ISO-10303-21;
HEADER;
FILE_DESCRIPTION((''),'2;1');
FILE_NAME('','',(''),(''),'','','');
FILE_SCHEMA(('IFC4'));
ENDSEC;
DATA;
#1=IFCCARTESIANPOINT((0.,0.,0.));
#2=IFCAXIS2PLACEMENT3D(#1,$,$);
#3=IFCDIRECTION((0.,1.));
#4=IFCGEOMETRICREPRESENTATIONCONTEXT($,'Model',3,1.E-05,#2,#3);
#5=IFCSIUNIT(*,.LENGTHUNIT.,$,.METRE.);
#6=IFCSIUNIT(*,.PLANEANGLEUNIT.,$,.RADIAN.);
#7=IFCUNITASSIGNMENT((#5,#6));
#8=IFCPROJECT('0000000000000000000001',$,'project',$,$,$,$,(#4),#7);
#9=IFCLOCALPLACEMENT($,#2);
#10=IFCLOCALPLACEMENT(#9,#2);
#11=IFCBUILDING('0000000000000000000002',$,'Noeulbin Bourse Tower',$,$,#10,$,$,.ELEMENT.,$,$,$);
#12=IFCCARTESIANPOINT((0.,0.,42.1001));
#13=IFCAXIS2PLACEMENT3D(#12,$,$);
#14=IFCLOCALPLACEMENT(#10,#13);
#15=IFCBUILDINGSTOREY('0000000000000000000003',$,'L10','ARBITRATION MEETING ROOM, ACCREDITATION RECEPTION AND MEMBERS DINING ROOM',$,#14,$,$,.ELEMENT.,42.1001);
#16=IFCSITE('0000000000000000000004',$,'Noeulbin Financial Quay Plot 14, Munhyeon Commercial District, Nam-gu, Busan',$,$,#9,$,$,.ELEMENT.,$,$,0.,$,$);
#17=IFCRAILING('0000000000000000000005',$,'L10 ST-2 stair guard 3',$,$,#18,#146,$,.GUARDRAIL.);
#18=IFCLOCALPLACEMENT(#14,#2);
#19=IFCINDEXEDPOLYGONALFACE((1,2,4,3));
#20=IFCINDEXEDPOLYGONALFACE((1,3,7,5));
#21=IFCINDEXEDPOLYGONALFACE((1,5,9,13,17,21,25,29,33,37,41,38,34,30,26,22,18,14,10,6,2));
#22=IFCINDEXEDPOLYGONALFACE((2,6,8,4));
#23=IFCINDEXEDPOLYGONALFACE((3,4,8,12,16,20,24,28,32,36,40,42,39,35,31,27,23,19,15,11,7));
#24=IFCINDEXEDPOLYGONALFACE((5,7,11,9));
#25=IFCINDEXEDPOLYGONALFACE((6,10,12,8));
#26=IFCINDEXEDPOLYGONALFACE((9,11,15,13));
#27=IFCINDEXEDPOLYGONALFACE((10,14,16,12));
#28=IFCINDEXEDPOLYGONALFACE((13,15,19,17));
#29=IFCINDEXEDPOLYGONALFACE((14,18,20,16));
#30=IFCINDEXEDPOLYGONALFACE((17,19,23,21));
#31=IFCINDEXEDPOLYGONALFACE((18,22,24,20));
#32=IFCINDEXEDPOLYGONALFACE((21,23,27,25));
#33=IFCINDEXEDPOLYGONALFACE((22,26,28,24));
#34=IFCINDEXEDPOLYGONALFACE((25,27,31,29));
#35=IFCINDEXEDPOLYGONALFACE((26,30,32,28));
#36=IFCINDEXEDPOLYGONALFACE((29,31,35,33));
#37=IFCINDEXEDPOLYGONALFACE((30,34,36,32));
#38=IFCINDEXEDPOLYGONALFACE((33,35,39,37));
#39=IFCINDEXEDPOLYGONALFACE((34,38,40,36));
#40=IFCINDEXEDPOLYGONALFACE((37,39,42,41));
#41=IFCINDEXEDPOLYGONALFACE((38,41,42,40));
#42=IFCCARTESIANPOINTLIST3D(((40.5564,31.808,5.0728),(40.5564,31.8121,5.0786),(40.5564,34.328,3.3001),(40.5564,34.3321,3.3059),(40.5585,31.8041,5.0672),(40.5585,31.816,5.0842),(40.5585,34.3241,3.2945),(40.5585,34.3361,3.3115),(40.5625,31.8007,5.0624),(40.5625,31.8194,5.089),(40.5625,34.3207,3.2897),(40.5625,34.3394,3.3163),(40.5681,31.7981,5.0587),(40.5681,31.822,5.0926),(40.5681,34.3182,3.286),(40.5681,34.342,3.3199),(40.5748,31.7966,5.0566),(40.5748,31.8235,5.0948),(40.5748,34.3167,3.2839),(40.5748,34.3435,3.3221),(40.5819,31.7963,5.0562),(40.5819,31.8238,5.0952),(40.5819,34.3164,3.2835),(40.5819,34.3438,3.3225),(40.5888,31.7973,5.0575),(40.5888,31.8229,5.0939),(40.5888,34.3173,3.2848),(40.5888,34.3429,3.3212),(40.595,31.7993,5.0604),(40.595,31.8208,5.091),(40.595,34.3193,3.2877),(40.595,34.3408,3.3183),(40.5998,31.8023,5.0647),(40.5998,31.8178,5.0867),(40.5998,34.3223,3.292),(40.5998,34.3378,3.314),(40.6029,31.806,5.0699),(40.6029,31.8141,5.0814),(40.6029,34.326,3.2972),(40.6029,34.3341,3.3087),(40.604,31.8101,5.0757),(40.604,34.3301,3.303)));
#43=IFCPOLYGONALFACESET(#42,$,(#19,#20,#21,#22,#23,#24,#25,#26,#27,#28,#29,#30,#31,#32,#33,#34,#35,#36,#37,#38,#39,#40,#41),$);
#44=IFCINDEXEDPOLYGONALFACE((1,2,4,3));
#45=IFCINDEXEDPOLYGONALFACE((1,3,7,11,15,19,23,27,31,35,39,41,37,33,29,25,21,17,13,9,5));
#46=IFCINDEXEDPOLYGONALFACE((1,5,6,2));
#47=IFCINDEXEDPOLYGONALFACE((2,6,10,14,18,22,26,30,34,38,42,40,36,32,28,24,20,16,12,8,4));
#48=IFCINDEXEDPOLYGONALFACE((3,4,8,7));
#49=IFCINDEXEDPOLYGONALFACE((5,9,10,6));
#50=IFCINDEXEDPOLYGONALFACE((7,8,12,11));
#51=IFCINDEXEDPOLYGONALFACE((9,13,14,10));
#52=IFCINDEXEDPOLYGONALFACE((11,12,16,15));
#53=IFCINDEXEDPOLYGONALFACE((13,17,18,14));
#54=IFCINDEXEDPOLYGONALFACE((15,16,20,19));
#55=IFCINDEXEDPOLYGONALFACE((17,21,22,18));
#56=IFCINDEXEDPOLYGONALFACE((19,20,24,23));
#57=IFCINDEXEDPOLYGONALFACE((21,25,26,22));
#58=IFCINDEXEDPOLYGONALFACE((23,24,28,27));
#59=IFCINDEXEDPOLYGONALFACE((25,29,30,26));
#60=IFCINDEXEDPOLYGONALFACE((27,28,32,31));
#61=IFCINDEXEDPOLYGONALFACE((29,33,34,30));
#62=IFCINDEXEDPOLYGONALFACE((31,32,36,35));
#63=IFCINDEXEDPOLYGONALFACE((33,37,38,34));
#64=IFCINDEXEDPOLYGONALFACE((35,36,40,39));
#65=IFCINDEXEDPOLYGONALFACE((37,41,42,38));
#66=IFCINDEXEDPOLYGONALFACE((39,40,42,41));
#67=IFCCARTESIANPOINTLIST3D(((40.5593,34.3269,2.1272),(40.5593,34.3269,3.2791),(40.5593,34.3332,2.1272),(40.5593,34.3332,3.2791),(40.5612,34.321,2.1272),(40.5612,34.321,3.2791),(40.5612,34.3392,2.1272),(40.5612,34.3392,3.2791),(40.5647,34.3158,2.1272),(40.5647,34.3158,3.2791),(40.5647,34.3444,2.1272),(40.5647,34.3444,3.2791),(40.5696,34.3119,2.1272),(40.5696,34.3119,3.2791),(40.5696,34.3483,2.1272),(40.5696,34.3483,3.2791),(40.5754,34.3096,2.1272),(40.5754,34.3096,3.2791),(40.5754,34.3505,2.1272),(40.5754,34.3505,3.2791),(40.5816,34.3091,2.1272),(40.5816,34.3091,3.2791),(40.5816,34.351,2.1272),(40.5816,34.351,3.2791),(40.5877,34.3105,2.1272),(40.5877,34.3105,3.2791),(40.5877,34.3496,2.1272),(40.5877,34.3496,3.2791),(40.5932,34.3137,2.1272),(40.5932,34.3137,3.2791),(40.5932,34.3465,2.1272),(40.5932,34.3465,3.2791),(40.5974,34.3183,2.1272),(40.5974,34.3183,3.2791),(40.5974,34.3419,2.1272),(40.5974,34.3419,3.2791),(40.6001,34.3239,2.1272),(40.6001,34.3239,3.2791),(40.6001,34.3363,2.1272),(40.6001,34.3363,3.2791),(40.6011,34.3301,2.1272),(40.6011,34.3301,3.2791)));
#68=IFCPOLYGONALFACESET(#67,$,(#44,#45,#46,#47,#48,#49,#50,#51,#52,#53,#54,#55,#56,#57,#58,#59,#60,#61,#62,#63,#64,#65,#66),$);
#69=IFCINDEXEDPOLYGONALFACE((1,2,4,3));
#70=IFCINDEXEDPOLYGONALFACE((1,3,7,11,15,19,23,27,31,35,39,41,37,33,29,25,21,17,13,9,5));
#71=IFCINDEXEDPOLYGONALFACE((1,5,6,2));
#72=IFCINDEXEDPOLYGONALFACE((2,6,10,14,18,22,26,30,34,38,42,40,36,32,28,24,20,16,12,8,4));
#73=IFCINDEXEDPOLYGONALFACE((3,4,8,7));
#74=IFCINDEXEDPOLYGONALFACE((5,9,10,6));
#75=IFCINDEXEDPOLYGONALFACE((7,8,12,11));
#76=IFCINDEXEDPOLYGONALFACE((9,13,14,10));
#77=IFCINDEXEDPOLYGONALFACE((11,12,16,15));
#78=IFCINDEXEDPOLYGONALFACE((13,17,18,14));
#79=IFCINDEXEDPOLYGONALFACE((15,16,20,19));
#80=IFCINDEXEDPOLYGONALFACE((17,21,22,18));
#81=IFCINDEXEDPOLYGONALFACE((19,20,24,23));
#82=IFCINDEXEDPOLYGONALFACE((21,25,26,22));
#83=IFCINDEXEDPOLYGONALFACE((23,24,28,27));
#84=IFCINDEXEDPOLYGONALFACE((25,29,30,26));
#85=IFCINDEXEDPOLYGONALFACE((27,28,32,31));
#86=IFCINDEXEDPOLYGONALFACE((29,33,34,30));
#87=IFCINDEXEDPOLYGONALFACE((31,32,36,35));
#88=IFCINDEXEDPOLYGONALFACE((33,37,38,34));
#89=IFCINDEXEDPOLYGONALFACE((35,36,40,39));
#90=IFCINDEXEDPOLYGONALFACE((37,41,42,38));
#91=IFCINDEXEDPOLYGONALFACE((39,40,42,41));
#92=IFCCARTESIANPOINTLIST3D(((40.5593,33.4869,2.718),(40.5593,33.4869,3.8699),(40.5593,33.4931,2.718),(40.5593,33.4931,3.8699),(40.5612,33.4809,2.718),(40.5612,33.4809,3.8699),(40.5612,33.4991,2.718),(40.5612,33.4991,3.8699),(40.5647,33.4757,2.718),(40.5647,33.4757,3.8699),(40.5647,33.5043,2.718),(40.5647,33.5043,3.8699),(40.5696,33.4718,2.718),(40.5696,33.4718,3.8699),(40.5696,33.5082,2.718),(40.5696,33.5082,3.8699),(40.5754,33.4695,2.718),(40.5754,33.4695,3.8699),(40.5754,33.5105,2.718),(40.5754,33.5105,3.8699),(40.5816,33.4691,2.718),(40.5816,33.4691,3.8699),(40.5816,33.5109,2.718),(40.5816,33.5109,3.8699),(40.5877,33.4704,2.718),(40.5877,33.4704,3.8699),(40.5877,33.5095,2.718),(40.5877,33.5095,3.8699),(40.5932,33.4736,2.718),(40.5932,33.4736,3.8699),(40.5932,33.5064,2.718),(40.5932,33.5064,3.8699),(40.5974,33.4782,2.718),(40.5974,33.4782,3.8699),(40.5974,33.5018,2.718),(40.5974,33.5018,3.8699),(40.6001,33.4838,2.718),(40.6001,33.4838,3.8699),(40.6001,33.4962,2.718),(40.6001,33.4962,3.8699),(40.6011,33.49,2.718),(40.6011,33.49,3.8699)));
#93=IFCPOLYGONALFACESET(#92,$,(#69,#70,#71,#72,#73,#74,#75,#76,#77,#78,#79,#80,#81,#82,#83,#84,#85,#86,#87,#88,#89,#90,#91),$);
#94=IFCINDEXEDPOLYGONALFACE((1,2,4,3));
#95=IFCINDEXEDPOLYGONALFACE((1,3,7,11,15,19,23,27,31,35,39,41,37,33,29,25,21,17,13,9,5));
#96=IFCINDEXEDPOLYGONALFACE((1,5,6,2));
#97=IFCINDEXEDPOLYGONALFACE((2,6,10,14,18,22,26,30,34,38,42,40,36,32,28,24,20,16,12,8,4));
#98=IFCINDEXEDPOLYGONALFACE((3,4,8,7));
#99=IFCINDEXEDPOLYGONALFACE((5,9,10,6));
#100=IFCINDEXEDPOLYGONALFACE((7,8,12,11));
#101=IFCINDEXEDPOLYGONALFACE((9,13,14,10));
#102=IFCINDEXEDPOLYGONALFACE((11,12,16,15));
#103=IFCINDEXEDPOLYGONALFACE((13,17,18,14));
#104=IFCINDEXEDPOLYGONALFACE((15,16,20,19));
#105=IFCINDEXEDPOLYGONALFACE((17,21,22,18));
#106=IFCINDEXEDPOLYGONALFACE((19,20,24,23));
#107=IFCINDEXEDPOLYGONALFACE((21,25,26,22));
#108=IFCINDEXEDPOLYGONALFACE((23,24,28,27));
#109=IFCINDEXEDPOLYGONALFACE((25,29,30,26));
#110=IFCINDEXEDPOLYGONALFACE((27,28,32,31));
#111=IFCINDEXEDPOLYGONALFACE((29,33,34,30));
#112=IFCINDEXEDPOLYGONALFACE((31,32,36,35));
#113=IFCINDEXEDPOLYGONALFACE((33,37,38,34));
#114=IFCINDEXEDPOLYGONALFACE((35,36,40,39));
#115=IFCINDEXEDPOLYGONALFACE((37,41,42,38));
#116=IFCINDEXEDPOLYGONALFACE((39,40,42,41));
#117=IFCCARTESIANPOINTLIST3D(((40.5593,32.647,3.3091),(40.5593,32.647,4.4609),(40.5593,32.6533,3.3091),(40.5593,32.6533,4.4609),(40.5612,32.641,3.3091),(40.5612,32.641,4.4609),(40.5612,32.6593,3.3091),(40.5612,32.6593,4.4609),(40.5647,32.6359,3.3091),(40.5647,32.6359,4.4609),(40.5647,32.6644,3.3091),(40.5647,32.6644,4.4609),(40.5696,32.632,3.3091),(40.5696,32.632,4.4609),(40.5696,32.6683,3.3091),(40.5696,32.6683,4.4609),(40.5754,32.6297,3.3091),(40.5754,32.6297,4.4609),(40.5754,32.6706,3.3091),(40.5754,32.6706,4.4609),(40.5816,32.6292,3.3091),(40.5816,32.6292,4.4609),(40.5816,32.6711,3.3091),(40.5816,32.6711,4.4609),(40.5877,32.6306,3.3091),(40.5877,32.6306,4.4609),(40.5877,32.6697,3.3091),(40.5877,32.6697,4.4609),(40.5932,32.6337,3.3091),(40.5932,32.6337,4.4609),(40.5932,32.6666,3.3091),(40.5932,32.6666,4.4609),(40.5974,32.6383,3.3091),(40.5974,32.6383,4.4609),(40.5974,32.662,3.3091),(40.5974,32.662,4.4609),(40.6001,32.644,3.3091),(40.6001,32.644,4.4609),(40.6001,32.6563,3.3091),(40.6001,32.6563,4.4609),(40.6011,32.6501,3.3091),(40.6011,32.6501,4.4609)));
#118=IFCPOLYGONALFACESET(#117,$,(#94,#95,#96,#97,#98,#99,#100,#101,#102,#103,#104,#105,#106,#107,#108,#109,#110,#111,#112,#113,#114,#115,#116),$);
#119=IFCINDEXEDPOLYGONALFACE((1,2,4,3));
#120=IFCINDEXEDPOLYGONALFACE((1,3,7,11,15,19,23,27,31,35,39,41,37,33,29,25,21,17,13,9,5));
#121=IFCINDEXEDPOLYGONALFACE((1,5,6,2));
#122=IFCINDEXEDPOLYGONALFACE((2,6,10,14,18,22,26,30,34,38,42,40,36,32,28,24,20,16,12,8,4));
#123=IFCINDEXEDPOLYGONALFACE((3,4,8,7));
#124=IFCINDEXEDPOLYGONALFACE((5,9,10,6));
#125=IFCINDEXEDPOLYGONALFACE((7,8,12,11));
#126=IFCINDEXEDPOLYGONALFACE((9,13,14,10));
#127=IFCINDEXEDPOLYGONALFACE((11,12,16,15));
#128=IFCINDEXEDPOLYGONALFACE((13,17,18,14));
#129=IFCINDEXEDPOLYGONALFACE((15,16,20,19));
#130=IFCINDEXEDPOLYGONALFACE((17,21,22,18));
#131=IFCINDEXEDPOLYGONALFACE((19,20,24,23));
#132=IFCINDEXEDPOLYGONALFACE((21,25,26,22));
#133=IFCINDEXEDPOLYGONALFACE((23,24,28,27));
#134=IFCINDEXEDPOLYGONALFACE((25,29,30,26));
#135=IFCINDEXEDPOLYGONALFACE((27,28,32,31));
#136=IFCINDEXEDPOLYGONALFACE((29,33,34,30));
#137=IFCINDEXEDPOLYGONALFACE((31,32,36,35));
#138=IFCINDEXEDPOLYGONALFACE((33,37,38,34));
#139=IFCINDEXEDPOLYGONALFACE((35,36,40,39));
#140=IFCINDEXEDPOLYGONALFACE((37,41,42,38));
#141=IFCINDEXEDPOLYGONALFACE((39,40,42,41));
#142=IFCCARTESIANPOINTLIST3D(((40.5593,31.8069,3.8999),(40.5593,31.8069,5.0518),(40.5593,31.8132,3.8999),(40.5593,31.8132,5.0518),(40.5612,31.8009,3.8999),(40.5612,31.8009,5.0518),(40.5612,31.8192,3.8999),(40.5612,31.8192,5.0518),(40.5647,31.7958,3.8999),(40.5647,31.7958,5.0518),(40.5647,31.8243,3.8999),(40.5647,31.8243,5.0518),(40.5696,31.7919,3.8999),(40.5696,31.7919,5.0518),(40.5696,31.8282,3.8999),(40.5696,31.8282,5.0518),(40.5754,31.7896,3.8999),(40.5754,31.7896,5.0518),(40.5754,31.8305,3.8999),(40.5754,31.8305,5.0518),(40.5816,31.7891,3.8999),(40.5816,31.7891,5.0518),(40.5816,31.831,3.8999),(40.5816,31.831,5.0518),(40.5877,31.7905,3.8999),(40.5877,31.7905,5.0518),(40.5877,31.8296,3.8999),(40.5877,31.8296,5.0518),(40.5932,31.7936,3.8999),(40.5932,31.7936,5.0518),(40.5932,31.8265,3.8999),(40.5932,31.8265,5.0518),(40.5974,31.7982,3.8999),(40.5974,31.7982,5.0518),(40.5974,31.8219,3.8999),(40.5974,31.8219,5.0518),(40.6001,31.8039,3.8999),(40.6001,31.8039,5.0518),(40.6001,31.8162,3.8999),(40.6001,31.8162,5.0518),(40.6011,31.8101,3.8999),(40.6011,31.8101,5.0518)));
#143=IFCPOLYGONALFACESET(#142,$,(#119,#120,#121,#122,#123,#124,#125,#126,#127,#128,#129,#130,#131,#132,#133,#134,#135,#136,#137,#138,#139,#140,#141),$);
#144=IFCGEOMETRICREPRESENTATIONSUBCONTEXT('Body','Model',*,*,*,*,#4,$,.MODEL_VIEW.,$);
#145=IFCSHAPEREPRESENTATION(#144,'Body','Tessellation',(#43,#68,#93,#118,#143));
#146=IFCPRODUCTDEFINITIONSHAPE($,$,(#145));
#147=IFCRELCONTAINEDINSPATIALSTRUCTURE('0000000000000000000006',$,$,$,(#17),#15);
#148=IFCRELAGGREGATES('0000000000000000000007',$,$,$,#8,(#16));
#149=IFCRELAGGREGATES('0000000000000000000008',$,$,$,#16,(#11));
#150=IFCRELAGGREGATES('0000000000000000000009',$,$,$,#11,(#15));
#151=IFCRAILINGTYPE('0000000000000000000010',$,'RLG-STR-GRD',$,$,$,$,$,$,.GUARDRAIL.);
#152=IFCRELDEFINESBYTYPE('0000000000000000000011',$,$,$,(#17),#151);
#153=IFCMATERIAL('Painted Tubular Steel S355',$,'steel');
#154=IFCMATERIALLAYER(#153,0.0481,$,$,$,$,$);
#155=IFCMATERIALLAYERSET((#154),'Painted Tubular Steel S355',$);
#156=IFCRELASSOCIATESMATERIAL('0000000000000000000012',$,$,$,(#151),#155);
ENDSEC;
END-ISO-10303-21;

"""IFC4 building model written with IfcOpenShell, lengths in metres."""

from ifc_helpers import new_model, si_unit, direction, frame, origin, origin_2d, place, context, subcontext, project, spatial, circle, extrude, material, layer, layer_set, type_object, element, save


model = new_model("IFC4")

# Units and contexts
model_context = context("Model", 3, precision=1e-05, world=origin(), true_north=direction((0.0, 1.0)))
body_context = subcontext(model_context, "Body", "Model", "MODEL_VIEW")
ifc_project = project(units=[si_unit("LENGTHUNIT", "METRE"), si_unit("PLANEANGLEUNIT", "RADIAN")], contexts=[model_context])

# Site, building, storey
site_placement = place(None, origin())
site = spatial("IfcSite", under=ifc_project, at=site_placement, Name="Noeulbin Financial Quay Plot 14, Munhyeon Commercial District, Nam-gu, Busan", CompositionType="ELEMENT", RefElevation=0.0)
building_placement = place(site_placement, origin())
building = spatial("IfcBuilding", under=site, at=building_placement, Name="Noeulbin Bourse Tower", CompositionType="ELEMENT")
storey_placement = place(building_placement, frame((0.0, 0.0, 42.1001)))
storey = spatial("IfcBuildingStorey", under=building, at=storey_placement, Name="L10", Description="ARBITRATION MEETING ROOM, ACCREDITATION RECEPTION AND MEMBERS DINING ROOM", CompositionType="ELEMENT", Elevation=42.1001)

# Railing
ifc_material_1 = material(Name="Painted Tubular Steel S355", Category="steel")
ifc_layer_1 = layer(ifc_material_1, 0.0481)
ifc_layer_set_1 = layer_set([ifc_layer_1], Name="Painted Tubular Steel S355")
railing_type_1 = type_object("IfcRailingType", Name="RLG-STR-GRD", PredefinedType="GUARDRAIL", material=ifc_layer_set_1)
railing_1_placement = place(storey_placement, frame((40.5801, 34.3301, 2.1272)))
element("IfcRailing", 1, at=railing_1_placement, inside=storey, type_object=railing_type_1, Name="L10 ST-2 stair guard 3", PredefinedType="GUARDRAIL", context=body_context, shape_type="SweptSolid", body=[
    extrude(circle(Radius=0.0239, at=origin_2d()), frame((0.0, 0.0, 1.1758), z_axis=(0.0, -0.817904, 0.575354), x_axis=(1.0, 0.0, 0.0)), (0.0, 0.0, 1.0), 3.0811),
    extrude(circle(Radius=0.021, at=origin_2d()), origin(), (0.0, 0.0, 1.0), 1.1519),
    extrude(circle(Radius=0.021, at=origin_2d()), frame((0.0, -0.8401, 0.5908)), (0.0, 0.0, 1.0), 1.1519),
    extrude(circle(Radius=0.021, at=origin_2d()), frame((0.0, -1.6799, 1.1819)), (0.0, 0.0, 1.0), 1.1519),
    extrude(circle(Radius=0.021, at=origin_2d()), frame((0.0, -2.52, 1.7727)), (0.0, 0.0, 1.0), 1.1519),
])

save(model, "model.ifc")
